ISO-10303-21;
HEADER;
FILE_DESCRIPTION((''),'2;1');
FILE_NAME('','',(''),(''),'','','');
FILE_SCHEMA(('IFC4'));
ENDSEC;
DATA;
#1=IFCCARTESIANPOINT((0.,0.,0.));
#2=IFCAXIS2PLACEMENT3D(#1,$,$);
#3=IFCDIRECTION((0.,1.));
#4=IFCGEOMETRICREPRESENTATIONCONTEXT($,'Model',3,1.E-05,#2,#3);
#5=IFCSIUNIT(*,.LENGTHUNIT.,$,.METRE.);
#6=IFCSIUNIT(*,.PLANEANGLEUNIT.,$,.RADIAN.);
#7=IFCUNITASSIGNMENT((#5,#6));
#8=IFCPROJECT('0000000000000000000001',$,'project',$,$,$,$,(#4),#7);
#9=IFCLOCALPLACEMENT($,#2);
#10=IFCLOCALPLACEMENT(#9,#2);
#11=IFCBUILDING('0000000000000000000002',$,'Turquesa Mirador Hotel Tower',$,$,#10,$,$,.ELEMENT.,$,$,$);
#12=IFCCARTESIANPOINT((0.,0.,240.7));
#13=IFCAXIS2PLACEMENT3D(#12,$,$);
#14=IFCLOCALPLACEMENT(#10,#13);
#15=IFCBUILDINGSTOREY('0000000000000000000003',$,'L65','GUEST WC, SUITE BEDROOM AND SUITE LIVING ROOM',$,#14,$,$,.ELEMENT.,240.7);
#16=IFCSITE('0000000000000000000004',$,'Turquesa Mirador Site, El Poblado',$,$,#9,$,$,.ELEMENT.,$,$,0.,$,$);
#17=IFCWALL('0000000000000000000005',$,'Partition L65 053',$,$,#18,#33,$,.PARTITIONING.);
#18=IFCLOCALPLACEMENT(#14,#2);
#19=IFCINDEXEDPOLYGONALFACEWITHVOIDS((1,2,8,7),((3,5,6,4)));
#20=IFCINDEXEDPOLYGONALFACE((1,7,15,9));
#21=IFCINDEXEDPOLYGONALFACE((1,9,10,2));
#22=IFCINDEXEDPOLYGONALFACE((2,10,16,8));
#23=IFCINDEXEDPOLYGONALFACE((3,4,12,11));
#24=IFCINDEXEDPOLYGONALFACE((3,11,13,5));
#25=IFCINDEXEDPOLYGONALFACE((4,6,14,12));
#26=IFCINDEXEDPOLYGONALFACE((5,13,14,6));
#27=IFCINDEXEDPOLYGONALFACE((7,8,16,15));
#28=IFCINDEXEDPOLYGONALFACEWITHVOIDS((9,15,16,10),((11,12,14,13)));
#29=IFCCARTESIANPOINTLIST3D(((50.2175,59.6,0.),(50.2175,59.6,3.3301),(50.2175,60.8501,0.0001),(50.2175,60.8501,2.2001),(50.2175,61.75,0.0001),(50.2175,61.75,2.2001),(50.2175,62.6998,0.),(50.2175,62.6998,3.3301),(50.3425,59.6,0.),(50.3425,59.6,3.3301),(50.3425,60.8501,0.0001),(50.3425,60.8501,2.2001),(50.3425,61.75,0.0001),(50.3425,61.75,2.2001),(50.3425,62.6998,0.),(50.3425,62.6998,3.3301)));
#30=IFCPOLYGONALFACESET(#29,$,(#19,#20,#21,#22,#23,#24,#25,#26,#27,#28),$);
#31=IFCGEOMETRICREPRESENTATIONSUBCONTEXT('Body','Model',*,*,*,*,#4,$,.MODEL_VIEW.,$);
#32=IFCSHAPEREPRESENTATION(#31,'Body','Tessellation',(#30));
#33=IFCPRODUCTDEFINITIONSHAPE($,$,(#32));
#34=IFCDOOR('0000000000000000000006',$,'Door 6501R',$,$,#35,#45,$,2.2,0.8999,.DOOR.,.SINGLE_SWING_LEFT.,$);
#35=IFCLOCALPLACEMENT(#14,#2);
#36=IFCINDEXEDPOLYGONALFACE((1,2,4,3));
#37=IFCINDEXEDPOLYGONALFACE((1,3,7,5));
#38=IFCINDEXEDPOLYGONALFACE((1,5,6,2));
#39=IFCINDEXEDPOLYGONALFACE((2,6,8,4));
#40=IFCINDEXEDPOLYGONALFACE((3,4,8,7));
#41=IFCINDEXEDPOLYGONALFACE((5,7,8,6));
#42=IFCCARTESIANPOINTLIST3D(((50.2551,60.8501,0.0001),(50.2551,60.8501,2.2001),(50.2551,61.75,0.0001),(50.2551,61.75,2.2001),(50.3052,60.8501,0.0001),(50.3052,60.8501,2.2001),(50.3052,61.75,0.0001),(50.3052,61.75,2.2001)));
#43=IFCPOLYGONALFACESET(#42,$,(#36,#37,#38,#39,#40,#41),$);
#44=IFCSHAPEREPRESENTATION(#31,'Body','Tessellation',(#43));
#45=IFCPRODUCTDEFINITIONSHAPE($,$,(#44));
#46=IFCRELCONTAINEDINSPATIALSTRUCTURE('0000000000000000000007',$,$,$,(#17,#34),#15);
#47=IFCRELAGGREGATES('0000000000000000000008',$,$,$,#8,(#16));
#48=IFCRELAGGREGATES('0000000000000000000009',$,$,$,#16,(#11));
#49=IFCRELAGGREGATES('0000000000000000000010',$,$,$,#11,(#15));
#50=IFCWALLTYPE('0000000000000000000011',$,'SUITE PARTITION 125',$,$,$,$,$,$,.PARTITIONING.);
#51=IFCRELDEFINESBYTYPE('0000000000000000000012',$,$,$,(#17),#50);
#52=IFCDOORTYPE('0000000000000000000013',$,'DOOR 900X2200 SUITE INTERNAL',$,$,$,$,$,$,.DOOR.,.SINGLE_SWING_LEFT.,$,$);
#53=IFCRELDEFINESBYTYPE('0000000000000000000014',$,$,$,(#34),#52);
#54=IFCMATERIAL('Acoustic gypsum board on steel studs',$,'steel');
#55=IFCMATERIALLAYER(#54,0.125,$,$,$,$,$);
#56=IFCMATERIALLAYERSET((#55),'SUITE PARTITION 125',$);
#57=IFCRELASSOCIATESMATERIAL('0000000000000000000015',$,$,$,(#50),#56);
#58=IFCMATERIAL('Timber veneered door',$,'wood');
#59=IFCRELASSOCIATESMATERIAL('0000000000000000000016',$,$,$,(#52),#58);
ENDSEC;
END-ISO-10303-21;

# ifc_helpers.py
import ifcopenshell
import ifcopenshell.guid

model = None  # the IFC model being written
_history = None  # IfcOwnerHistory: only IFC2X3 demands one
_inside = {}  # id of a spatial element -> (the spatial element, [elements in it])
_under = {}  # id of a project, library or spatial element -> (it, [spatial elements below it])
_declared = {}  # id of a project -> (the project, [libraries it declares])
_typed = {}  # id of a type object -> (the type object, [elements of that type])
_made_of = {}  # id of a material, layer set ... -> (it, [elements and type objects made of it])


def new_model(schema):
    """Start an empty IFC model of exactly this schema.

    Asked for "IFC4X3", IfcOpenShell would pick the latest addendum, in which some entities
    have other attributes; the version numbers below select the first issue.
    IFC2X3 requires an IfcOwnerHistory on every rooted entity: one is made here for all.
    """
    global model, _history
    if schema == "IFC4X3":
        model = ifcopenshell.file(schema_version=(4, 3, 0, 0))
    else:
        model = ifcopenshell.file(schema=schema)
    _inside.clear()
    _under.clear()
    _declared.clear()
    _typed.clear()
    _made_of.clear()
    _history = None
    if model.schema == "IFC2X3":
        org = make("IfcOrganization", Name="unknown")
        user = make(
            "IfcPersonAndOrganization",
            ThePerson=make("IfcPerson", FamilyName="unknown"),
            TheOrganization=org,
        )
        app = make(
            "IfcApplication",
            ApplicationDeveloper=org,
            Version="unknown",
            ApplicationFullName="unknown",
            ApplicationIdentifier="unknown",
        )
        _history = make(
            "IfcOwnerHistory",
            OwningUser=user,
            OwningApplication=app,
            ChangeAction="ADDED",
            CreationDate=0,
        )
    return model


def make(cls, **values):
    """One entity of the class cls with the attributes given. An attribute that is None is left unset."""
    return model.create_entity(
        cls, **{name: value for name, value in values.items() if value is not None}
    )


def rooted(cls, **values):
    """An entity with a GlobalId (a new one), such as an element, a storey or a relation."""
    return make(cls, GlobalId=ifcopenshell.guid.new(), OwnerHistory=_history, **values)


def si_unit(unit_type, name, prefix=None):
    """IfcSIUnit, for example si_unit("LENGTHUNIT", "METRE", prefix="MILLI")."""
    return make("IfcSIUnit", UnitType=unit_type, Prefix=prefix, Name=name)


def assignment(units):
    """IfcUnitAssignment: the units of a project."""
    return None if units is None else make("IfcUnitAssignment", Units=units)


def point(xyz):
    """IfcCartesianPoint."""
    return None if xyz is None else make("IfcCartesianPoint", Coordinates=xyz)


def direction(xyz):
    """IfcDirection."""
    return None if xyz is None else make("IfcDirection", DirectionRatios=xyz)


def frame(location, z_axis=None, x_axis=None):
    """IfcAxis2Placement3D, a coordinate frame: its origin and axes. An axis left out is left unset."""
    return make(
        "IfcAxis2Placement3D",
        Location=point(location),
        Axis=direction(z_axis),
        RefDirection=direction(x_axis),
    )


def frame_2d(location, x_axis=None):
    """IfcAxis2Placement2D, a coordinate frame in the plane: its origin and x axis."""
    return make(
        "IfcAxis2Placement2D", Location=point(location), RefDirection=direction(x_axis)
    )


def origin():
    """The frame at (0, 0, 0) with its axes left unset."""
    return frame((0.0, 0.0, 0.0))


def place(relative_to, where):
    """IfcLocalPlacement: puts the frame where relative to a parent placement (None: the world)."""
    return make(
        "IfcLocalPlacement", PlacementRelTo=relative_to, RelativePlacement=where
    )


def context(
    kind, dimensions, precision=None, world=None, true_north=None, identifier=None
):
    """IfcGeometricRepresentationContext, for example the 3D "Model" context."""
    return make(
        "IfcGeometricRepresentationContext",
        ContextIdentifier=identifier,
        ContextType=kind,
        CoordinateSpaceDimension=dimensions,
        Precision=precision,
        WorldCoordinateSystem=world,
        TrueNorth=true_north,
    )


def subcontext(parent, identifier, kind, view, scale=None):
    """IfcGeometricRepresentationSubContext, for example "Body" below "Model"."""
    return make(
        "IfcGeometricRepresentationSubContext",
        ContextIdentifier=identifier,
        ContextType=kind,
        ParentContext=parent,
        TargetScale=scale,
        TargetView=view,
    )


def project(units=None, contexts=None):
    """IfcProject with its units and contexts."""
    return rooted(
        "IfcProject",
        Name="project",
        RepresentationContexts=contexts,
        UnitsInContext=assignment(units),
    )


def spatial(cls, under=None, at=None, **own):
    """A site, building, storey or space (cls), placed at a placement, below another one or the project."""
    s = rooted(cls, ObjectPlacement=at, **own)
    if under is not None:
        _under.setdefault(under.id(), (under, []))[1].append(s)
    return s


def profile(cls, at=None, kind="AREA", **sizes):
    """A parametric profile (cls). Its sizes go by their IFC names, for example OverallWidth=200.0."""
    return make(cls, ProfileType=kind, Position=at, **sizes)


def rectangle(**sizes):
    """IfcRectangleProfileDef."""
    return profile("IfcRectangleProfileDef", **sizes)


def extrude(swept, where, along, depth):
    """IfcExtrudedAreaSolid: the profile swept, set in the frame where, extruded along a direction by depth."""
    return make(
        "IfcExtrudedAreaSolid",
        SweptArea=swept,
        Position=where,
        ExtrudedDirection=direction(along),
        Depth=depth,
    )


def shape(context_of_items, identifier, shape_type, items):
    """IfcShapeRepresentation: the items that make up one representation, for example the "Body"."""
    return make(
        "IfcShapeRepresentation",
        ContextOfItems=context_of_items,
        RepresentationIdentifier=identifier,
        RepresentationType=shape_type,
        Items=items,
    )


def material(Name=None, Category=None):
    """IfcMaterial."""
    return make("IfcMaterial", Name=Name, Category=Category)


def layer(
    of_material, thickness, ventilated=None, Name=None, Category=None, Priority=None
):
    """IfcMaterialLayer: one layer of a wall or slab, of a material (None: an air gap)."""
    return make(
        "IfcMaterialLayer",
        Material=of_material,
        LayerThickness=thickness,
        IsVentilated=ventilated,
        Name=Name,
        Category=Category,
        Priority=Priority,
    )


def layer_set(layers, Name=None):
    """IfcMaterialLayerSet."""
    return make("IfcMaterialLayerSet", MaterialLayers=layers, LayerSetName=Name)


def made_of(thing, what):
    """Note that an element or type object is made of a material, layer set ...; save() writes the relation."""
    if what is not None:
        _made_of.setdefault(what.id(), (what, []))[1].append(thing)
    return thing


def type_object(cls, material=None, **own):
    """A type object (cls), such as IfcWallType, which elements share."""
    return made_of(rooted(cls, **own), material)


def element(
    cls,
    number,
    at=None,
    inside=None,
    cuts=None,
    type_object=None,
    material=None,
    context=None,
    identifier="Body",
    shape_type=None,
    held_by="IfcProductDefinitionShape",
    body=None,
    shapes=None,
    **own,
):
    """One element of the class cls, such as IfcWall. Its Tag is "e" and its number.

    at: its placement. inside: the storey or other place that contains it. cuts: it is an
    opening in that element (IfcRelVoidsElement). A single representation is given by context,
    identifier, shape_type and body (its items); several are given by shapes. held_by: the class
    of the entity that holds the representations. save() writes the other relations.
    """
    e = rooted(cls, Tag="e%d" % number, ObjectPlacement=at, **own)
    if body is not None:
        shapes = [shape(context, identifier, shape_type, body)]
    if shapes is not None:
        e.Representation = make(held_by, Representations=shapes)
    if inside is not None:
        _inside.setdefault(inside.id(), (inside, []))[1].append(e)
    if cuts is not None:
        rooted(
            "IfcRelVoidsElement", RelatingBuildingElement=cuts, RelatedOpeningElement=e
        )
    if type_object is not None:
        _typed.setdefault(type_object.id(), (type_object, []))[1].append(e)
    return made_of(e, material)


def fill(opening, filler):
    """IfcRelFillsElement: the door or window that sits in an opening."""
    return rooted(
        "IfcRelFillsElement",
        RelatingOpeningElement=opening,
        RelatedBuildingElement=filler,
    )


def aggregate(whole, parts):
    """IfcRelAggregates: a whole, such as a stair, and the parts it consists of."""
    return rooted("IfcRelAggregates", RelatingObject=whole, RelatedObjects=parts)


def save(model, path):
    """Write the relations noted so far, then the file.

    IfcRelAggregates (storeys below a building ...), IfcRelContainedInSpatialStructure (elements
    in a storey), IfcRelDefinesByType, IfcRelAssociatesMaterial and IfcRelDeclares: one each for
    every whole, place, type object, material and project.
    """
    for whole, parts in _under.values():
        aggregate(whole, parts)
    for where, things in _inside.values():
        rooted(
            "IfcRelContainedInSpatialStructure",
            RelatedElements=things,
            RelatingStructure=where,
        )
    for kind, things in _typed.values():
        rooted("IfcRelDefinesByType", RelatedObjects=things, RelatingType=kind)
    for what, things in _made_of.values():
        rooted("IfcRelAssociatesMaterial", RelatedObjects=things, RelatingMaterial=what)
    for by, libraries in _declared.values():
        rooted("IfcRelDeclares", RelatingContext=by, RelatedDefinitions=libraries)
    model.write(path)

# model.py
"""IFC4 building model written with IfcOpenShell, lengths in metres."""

from ifc_helpers import new_model, si_unit, direction, frame, frame_2d, origin, place, context, subcontext, project, spatial, rectangle, extrude, material, layer, layer_set, type_object, element, fill, save


model = new_model("IFC4")

# Units and contexts
model_context = context("Model", 3, precision=1e-05, world=origin(), true_north=direction((0.0, 1.0)))
body_context = subcontext(model_context, "Body", "Model", "MODEL_VIEW")
ifc_project = project(units=[si_unit("LENGTHUNIT", "METRE"), si_unit("PLANEANGLEUNIT", "RADIAN")], contexts=[model_context])

# Site, building, storey
site_placement = place(None, origin())
site = spatial("IfcSite", under=ifc_project, at=site_placement, Name="Turquesa Mirador Site, El Poblado", CompositionType="ELEMENT", RefElevation=0.0)
building_placement = place(site_placement, origin())
building = spatial("IfcBuilding", under=site, at=building_placement, Name="Turquesa Mirador Hotel Tower", CompositionType="ELEMENT")
storey_placement = place(building_placement, frame((0.0, 0.0, 240.7)))
storey = spatial("IfcBuildingStorey", under=building, at=storey_placement, Name="L65", Description="GUEST WC, SUITE BEDROOM AND SUITE LIVING ROOM", CompositionType="ELEMENT", Elevation=240.7)

# Wall, opening, door
ifc_material_1 = material(Name="Acoustic gypsum board on steel studs", Category="steel")
ifc_layer_1 = layer(ifc_material_1, 0.125)
ifc_layer_set_1 = layer_set([ifc_layer_1], Name="SUITE PARTITION 125")
wall_type_1 = type_object("IfcWallType", Name="SUITE PARTITION 125", PredefinedType="PARTITIONING", material=ifc_layer_set_1)
ifc_material_2 = material(Name="Timber veneered door", Category="wood")
door_type_1 = type_object("IfcDoorType", Name="DOOR 900X2200 SUITE INTERNAL", OperationType="SINGLE_SWING_LEFT", PredefinedType="DOOR", material=ifc_material_2)
wall_1_placement = place(storey_placement, frame((50.28, 59.6001, 0.0), z_axis=(0.0, 0.0, 1.0), x_axis=(0.0, 1.0, 0.0)))
wall_1 = element("IfcWall", 1, at=wall_1_placement, inside=storey, type_object=wall_type_1, Name="Partition L65 053", PredefinedType="PARTITIONING", context=body_context, shape_type="SweptSolid", body=[
    extrude(rectangle(XDim=3.0999, YDim=0.125, at=frame_2d((1.5498, 0.0))), origin(), (0.0, 0.0, 1.0), 3.3301),
])
opening_1_placement = place(wall_1_placement, frame((1.25, 0.0, 0.0)))
opening_1 = element("IfcOpeningElement", 2, at=opening_1_placement, cuts=wall_1, PredefinedType="OPENING", context=body_context, shape_type="SweptSolid", body=[
    extrude(rectangle(XDim=0.8999, YDim=2.2, at=frame_2d((0.45, 1.1001))), frame((0.0, 0.0725, 0.0), z_axis=(0.0, -1.0, 0.0), x_axis=(1.0, 0.0, 0.0)), (0.0, 0.0, 1.0), 0.145),
])
door_1_placement = place(opening_1_placement, origin())
door_1 = element("IfcDoor", 3, at=door_1_placement, inside=storey, type_object=door_type_1, Name="Door 6501R", OperationType="SINGLE_SWING_LEFT", OverallHeight=2.2, OverallWidth=0.8999, PredefinedType="DOOR", context=body_context, shape_type="SweptSolid", body=[
    extrude(rectangle(XDim=0.8999, YDim=2.2, at=frame_2d((0.45, 1.1001))), frame((0.0, 0.0249, 0.0), z_axis=(0.0, -1.0, 0.0), x_axis=(1.0, 0.0, 0.0)), (0.0, 0.0, 1.0), 0.05),
])
fill(opening_1, door_1)

save(model, "model.ifc")
